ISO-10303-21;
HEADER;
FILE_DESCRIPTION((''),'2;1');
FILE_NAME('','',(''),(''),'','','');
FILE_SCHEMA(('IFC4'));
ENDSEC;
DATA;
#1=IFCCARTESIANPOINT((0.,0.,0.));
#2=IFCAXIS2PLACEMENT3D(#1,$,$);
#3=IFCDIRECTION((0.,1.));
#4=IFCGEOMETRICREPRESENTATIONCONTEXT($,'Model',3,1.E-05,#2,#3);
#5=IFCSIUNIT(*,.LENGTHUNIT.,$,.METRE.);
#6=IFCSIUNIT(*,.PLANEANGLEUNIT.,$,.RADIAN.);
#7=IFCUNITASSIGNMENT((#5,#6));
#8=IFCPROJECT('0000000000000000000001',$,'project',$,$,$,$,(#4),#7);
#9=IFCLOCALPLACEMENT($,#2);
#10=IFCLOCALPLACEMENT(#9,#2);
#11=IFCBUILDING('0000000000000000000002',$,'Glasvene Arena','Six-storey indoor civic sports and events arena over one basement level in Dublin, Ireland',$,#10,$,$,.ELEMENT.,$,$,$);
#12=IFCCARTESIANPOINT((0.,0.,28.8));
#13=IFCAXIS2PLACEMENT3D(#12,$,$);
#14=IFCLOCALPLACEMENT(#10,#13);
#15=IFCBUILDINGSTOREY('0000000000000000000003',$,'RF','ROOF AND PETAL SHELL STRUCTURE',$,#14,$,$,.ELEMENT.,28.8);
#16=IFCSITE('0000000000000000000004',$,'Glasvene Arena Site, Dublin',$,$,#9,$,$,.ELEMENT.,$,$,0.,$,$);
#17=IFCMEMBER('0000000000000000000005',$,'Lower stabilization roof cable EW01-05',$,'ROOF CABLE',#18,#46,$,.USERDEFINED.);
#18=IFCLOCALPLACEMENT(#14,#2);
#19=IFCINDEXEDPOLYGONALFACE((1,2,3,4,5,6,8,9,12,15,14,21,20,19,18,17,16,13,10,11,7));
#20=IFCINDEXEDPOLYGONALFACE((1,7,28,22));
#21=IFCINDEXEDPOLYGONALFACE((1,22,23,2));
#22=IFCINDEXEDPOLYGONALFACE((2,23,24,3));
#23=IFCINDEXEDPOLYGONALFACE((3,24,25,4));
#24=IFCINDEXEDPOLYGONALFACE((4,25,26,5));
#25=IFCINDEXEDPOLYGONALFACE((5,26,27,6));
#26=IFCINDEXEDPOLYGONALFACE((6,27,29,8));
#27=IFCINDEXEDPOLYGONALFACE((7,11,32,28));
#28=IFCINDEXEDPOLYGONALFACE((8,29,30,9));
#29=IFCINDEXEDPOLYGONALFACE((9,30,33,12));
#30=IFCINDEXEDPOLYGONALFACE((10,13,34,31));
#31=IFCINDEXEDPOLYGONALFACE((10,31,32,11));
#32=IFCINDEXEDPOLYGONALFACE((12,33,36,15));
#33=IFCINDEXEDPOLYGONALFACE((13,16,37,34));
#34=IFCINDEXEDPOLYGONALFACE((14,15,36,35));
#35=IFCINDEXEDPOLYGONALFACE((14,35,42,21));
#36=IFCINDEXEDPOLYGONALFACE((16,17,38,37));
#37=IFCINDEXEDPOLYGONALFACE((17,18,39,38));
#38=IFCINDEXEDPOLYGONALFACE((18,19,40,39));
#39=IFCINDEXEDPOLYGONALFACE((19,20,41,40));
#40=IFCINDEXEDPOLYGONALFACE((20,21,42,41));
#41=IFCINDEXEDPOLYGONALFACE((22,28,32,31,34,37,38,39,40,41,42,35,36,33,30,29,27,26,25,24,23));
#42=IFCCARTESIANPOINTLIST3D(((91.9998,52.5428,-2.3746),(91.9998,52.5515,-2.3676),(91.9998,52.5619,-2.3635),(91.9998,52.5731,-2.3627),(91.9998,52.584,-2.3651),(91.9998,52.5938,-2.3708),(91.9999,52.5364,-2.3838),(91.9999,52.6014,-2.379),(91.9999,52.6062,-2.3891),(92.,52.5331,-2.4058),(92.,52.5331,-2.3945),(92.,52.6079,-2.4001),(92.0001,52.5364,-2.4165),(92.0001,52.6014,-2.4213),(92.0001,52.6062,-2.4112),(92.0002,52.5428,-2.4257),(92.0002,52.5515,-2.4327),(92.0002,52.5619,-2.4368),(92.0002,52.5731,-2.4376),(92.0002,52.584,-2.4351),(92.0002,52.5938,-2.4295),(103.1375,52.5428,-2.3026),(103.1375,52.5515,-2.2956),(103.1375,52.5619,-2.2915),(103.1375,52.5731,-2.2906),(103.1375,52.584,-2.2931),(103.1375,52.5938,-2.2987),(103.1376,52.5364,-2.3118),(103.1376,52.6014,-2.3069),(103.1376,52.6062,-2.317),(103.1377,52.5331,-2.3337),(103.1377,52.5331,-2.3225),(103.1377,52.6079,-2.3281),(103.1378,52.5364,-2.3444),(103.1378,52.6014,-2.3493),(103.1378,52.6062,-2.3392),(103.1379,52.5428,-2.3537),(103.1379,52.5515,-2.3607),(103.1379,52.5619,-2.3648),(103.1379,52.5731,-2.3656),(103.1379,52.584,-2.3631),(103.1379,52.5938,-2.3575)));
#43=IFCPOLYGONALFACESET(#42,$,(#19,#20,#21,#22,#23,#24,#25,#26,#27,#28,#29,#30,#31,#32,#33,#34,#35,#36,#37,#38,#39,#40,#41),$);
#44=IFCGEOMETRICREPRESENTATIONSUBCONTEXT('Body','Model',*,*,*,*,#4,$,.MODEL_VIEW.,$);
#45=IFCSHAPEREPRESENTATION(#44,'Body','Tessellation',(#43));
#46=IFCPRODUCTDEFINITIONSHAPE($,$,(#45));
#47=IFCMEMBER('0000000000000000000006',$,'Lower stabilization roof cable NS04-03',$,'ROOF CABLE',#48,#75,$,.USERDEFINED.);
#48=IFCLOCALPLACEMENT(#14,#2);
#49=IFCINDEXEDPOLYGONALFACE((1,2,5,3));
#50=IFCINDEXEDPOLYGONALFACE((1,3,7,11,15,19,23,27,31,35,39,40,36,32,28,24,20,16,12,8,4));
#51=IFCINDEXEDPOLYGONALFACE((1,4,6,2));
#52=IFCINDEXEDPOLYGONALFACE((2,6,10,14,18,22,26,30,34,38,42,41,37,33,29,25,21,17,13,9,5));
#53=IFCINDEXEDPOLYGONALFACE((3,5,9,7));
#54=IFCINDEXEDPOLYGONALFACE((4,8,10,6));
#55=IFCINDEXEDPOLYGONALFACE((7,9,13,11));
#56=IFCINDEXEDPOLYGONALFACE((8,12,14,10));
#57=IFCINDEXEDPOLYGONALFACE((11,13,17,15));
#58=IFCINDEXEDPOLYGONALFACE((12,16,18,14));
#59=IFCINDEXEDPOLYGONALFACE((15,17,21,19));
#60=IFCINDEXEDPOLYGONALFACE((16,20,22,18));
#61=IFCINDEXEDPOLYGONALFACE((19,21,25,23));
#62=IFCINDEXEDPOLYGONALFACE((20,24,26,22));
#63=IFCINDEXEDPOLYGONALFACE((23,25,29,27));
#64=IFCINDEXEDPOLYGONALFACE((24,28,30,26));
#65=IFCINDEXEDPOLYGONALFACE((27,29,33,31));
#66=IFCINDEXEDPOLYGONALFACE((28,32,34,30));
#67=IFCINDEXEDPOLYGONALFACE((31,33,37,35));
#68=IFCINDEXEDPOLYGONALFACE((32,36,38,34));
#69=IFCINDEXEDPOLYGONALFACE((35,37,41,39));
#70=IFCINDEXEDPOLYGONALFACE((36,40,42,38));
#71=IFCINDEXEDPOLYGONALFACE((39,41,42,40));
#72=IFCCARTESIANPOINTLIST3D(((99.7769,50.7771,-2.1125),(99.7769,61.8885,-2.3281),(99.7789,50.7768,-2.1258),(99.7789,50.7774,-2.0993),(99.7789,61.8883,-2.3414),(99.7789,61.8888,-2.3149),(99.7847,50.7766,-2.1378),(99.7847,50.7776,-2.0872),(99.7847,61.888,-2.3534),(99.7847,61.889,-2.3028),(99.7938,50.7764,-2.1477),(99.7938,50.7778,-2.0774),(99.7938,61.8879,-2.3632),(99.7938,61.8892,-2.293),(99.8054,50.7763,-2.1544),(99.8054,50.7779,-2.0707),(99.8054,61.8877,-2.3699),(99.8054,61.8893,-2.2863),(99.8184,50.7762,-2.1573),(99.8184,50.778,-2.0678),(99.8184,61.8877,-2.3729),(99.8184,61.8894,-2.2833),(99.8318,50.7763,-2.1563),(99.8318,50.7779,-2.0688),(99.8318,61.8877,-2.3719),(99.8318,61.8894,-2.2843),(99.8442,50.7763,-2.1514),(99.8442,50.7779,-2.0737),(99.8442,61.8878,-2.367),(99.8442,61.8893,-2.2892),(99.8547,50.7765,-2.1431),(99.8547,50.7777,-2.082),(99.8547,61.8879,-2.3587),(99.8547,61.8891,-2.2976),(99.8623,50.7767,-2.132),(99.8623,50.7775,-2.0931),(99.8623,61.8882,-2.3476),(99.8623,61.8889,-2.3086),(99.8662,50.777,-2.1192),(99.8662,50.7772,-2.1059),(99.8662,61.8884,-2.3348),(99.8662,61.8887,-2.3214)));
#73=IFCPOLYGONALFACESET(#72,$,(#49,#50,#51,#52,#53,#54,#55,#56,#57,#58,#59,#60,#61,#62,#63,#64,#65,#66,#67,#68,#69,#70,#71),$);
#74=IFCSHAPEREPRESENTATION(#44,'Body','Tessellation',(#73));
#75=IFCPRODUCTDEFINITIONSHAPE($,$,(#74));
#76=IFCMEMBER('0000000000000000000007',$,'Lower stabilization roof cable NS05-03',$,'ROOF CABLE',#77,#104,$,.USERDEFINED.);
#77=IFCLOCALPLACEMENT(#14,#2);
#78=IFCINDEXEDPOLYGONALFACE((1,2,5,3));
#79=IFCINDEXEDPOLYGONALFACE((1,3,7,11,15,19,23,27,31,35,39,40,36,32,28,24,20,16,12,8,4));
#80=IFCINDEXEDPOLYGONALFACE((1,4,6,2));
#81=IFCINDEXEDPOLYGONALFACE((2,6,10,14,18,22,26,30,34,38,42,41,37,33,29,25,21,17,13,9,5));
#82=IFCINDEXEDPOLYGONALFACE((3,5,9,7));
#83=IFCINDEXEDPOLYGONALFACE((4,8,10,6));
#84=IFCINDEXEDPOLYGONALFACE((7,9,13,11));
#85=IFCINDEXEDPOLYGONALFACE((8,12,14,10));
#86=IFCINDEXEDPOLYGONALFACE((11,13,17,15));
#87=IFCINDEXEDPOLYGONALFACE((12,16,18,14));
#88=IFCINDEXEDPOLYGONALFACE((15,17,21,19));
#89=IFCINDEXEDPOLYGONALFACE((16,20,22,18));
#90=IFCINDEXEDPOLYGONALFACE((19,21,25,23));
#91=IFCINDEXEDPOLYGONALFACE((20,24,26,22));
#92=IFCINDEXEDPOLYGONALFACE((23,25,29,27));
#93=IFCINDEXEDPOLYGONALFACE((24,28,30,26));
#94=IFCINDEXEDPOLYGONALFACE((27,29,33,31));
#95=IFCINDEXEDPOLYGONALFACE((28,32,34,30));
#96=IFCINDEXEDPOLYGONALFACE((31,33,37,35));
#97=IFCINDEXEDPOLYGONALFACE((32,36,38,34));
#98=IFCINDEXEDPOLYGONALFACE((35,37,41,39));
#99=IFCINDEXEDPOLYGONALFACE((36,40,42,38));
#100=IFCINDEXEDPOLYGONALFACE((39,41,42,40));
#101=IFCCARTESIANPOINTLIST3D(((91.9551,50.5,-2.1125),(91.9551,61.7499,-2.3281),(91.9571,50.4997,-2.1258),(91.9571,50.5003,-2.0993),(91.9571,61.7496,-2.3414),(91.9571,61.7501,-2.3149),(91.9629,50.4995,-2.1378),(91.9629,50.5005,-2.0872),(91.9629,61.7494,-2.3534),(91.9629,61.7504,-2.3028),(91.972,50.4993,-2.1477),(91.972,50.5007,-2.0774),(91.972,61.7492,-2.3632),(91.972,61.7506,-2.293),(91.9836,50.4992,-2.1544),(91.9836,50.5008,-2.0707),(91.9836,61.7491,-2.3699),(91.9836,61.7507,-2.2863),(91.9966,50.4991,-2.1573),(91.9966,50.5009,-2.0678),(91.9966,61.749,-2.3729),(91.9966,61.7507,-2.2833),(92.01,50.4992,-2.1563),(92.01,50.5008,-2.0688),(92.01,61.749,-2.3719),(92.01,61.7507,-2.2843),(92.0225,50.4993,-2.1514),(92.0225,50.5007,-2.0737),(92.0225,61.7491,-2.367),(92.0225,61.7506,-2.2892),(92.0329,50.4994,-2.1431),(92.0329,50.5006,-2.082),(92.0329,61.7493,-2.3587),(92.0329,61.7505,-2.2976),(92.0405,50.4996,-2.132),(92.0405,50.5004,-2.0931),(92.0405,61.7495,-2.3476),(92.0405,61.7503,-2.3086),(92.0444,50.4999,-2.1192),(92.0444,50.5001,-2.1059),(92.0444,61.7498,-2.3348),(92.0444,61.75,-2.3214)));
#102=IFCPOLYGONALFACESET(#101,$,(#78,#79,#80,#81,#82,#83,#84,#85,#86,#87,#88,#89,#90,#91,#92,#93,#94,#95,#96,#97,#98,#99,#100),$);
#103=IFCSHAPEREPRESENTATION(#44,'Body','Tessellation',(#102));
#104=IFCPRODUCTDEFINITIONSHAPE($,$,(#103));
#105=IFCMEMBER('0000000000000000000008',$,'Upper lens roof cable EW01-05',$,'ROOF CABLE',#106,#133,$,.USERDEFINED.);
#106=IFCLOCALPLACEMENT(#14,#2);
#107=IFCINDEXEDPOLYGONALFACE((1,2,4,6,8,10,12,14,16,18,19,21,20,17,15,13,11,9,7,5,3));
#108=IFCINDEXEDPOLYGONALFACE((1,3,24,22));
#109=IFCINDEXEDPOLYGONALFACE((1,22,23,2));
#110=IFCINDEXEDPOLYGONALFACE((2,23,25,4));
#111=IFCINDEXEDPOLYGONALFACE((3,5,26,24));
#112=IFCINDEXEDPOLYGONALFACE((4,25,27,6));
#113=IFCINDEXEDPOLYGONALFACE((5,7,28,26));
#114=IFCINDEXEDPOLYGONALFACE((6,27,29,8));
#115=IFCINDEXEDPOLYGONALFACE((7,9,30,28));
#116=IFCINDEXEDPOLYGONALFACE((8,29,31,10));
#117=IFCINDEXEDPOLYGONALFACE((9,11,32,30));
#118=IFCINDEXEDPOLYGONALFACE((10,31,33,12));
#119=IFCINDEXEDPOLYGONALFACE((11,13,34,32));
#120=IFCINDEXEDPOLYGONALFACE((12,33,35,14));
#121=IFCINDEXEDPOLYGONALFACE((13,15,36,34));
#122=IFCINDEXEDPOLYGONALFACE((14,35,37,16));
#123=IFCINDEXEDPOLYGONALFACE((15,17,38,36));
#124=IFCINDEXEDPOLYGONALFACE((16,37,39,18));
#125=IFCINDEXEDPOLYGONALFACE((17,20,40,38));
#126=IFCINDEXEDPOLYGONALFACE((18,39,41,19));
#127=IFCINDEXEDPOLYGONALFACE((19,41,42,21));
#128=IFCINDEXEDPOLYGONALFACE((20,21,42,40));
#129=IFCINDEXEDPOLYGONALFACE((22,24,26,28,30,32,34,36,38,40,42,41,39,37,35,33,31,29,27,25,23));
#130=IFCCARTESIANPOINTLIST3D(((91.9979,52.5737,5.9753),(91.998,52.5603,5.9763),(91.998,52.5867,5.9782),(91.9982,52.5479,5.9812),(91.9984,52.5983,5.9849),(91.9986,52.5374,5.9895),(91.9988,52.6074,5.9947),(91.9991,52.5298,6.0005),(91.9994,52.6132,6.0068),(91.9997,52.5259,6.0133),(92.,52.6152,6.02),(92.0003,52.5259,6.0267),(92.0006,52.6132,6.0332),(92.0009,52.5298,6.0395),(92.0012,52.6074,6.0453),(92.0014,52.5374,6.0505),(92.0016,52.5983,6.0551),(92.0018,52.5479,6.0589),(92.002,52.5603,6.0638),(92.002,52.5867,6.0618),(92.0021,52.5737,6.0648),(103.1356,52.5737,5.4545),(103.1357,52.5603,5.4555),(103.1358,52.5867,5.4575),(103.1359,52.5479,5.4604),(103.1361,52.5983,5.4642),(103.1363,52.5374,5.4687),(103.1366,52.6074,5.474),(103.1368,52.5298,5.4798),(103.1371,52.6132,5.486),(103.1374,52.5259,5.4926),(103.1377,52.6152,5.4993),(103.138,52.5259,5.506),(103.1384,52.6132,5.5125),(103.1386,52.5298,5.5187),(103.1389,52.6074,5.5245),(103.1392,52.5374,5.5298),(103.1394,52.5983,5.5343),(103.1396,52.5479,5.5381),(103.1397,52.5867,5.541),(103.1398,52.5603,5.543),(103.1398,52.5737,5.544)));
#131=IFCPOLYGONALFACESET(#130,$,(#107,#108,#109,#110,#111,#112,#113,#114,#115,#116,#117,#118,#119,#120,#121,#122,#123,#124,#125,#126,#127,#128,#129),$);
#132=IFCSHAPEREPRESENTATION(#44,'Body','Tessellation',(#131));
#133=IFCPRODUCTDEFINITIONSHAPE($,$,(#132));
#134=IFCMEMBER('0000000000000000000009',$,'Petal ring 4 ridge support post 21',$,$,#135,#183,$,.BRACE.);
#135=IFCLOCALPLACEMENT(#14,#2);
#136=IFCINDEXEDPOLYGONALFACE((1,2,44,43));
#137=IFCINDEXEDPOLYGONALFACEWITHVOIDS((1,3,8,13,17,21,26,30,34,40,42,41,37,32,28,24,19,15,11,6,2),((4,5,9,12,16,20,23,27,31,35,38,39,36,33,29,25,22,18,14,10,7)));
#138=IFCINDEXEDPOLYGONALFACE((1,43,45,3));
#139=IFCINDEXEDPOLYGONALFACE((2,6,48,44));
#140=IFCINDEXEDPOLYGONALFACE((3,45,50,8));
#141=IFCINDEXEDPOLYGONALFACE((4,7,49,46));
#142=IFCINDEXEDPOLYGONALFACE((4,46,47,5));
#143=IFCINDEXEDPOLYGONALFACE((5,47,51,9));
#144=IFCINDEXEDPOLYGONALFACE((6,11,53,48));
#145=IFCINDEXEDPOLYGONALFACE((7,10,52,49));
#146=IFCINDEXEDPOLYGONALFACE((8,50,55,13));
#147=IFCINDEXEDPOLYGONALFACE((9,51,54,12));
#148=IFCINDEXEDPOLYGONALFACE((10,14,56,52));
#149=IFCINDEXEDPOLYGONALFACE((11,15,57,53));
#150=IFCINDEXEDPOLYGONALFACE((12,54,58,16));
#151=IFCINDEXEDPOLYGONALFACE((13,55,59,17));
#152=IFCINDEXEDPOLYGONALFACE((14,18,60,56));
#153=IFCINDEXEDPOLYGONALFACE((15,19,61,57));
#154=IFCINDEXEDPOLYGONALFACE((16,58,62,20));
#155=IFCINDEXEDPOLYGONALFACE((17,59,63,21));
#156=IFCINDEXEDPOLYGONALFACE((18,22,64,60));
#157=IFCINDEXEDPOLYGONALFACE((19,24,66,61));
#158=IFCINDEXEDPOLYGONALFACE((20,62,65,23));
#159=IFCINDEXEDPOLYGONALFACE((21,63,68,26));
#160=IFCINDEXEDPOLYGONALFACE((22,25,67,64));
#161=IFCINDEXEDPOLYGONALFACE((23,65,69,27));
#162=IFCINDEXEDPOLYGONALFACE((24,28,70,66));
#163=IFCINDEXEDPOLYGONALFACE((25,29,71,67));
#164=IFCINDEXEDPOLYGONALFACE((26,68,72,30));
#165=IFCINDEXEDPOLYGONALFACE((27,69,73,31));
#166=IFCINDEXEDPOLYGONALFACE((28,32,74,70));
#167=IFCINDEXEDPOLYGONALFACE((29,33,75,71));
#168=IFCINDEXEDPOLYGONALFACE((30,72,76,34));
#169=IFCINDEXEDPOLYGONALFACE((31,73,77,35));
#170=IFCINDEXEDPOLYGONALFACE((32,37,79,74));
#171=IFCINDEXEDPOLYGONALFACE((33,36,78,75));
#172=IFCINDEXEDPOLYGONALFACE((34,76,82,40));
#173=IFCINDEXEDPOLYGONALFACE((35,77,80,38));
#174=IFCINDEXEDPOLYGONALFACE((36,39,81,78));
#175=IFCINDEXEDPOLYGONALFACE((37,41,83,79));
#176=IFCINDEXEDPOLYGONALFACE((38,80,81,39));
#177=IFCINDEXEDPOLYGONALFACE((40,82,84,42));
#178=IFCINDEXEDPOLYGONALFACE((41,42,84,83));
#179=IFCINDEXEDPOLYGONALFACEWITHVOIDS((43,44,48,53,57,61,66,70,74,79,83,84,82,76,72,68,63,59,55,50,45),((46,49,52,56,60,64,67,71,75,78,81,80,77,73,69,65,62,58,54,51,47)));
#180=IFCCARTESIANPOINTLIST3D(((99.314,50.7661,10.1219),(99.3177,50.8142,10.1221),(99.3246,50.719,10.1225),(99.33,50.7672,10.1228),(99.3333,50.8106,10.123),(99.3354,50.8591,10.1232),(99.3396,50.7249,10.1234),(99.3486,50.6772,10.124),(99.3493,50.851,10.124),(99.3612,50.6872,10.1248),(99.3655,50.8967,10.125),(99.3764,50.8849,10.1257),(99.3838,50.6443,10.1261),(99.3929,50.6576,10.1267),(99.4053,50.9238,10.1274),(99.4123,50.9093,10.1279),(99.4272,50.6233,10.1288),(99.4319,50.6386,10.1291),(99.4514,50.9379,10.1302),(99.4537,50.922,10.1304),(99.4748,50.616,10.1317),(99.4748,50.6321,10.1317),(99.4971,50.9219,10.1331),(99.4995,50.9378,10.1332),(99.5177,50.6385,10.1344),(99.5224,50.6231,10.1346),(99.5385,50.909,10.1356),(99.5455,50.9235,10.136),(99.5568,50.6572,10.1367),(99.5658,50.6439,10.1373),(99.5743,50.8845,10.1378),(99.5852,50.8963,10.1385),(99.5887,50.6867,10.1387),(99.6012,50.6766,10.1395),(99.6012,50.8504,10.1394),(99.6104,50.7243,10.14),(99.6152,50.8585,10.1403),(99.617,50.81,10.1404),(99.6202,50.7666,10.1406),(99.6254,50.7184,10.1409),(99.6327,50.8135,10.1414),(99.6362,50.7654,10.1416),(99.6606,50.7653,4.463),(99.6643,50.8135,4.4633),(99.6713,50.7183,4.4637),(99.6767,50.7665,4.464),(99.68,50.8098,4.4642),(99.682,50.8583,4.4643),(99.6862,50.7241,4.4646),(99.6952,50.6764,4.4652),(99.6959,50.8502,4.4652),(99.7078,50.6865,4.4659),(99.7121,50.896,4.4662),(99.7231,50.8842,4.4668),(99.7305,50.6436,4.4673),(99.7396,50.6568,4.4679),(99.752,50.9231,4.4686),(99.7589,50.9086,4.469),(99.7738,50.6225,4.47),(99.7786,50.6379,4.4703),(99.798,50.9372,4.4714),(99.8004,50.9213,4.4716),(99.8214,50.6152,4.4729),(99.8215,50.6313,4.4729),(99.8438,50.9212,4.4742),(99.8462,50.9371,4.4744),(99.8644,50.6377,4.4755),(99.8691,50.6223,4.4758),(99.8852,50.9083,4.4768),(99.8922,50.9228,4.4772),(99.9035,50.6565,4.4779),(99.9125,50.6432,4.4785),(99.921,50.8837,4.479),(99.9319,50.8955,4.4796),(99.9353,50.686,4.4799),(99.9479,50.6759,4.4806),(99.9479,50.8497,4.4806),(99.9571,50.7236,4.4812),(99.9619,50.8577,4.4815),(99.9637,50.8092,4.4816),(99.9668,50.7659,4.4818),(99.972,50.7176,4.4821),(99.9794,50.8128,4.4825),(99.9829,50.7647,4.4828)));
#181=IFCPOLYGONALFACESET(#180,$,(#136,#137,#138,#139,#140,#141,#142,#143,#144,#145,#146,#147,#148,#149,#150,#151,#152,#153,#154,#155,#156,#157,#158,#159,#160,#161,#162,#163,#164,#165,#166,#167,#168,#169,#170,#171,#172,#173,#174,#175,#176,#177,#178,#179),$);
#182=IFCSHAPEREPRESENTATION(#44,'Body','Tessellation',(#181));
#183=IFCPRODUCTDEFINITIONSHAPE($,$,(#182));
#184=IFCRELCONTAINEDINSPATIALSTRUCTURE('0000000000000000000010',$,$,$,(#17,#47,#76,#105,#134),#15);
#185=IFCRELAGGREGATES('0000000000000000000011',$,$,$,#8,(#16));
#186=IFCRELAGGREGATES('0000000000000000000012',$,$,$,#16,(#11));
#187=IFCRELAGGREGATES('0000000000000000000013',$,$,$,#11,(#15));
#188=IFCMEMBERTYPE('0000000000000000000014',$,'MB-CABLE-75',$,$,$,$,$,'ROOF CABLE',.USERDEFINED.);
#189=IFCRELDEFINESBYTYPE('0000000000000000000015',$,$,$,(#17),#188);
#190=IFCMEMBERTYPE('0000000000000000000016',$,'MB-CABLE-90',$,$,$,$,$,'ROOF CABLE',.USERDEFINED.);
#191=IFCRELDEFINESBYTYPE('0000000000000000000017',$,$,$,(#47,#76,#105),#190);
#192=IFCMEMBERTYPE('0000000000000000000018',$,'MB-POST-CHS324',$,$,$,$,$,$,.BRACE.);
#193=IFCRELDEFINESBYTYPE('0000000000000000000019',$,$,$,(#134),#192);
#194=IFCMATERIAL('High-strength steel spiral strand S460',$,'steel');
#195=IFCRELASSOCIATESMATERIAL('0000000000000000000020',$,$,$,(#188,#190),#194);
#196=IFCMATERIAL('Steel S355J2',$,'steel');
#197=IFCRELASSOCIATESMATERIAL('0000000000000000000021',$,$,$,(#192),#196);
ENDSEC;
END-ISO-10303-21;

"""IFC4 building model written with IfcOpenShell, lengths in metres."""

from ifc_helpers import new_model, si_unit, direction, frame, origin, origin_2d, place, context, subcontext, project, spatial, circle, hollow_circle, extrude, material, material_profile, profile_set, type_object, element, save


model = new_model("IFC4")

# Units and contexts
model_context = context("Model", 3, precision=1e-05, world=origin(), true_north=direction((0.0, 1.0)))
body_context = subcontext(model_context, "Body", "Model", "MODEL_VIEW")
ifc_project = project(units=[si_unit("LENGTHUNIT", "METRE"), si_unit("PLANEANGLEUNIT", "RADIAN")], contexts=[model_context])

# Site, building, storey
site_placement = place(None, origin())
site = spatial("IfcSite", under=ifc_project, at=site_placement, Name="Glasvene Arena Site, Dublin", CompositionType="ELEMENT", RefElevation=0.0)
building_placement = place(site_placement, origin())
building = spatial("IfcBuilding", under=site, at=building_placement, Name="Glasvene Arena", Description="Six-storey indoor civic sports and events arena over one basement level in Dublin, Ireland", CompositionType="ELEMENT")
storey_placement = place(building_placement, frame((0.0, 0.0, 28.8)))
storey = spatial("IfcBuildingStorey", under=building, at=storey_placement, Name="RF", Description="ROOF AND PETAL SHELL STRUCTURE", CompositionType="ELEMENT", Elevation=28.8)

# Members
ifc_material_1 = material(Name="High-strength steel spiral strand S460", Category="steel")
ifc_material_profile_1 = material_profile(ifc_material_1, circle(Radius=0.0376, at=origin_2d()), Name="LCSS D75")
ifc_profile_set_1 = profile_set([ifc_material_profile_1], Name="High-strength steel spiral strand S460")
member_type_1 = type_object("IfcMemberType", Name="MB-CABLE-75", ElementType="ROOF CABLE", PredefinedType="USERDEFINED", material=ifc_profile_set_1)
member_1_placement = place(storey_placement, frame((92.0, 52.5703, -2.4001), z_axis=(0.999979, 0.0, 0.006466), x_axis=(0.0, 1.0, 0.0)))
element("IfcMember", 1, at=member_1_placement, inside=storey, type_object=member_type_1, Name="Lower stabilization roof cable EW01-05", ObjectType="ROOF CABLE", PredefinedType="USERDEFINED", context=body_context, shape_type="SweptSolid", body=[
    extrude(circle(Radius=0.0376, at=origin_2d()), origin(), (0.0, 0.0, 1.0), 11.1379),
])
ifc_material_profile_2 = material_profile(ifc_material_1, circle(Radius=0.0449, at=origin_2d()), Name="LCSS D90")
ifc_profile_set_2 = profile_set([ifc_material_profile_2], Name="High-strength steel spiral strand S460")
member_type_2 = type_object("IfcMemberType", Name="MB-CABLE-90", ElementType="ROOF CABLE", PredefinedType="USERDEFINED", material=ifc_profile_set_2)
member_2_placement = place(storey_placement, frame((99.8218, 50.7771, -2.1125), z_axis=(0.0, 0.999812, -0.019398), x_axis=(-1.0, 0.0, 0.0)))
element("IfcMember", 2, at=member_2_placement, inside=storey, type_object=member_type_2, Name="Lower stabilization roof cable NS04-03", ObjectType="ROOF CABLE", PredefinedType="USERDEFINED", context=body_context, shape_type="SweptSolid", body=[
    extrude(circle(Radius=0.0449, at=origin_2d()), origin(), (0.0, 0.0, 1.0), 11.1135),
])
member_3_placement = place(storey_placement, frame((92.0, 50.5, -2.1125), z_axis=(0.0, 0.999816, -0.019159), x_axis=(-1.0, 0.0, 0.0)))
element("IfcMember", 3, at=member_3_placement, inside=storey, type_object=member_type_2, Name="Lower stabilization roof cable NS05-03", ObjectType="ROOF CABLE", PredefinedType="USERDEFINED", context=body_context, shape_type="SweptSolid", body=[
    extrude(circle(Radius=0.0449, at=origin_2d()), origin(), (0.0, 0.0, 1.0), 11.252),
])
member_4_placement = place(storey_placement, frame((92.0, 52.5703, 6.02), z_axis=(0.998909, 0.0, -0.046705), x_axis=(0.0, 1.0, 0.0)))
element("IfcMember", 4, at=member_4_placement, inside=storey, type_object=member_type_2, Name="Upper lens roof cable EW01-05", ObjectType="ROOF CABLE", PredefinedType="USERDEFINED", context=body_context, shape_type="SweptSolid", body=[
    extrude(circle(Radius=0.0449, at=origin_2d()), origin(), (0.0, 0.0, 1.0), 11.1499),
])
ifc_material_2 = material(Name="Steel S355J2", Category="steel")
ifc_material_profile_3 = material_profile(ifc_material_2, hollow_circle(Radius=0.1619, WallThickness=0.0161, at=origin_2d()), Name="CHS 323.9x16.0")
ifc_profile_set_3 = profile_set([ifc_material_profile_3], Name="Steel S355J2")
member_type_3 = type_object("IfcMemberType", Name="MB-POST-CHS324", PredefinedType="BRACE", material=ifc_profile_set_3)
member_5_placement = place(storey_placement, frame((99.8218, 50.7771, 4.4729), z_axis=(-0.061148, 0.000129, 0.998129), x_axis=(-0.002113, -0.999998, 0.0)))
element("IfcMember", 5, at=member_5_placement, inside=storey, type_object=member_type_3, Name="Petal ring 4 ridge support post 21", PredefinedType="BRACE", context=body_context, shape_type="SweptSolid", body=[
    extrude(hollow_circle(Radius=0.1619, WallThickness=0.0161, at=origin_2d()), origin(), (0.0, 0.0, 1.0), 5.6694),
])

save(model, "model.ifc")
